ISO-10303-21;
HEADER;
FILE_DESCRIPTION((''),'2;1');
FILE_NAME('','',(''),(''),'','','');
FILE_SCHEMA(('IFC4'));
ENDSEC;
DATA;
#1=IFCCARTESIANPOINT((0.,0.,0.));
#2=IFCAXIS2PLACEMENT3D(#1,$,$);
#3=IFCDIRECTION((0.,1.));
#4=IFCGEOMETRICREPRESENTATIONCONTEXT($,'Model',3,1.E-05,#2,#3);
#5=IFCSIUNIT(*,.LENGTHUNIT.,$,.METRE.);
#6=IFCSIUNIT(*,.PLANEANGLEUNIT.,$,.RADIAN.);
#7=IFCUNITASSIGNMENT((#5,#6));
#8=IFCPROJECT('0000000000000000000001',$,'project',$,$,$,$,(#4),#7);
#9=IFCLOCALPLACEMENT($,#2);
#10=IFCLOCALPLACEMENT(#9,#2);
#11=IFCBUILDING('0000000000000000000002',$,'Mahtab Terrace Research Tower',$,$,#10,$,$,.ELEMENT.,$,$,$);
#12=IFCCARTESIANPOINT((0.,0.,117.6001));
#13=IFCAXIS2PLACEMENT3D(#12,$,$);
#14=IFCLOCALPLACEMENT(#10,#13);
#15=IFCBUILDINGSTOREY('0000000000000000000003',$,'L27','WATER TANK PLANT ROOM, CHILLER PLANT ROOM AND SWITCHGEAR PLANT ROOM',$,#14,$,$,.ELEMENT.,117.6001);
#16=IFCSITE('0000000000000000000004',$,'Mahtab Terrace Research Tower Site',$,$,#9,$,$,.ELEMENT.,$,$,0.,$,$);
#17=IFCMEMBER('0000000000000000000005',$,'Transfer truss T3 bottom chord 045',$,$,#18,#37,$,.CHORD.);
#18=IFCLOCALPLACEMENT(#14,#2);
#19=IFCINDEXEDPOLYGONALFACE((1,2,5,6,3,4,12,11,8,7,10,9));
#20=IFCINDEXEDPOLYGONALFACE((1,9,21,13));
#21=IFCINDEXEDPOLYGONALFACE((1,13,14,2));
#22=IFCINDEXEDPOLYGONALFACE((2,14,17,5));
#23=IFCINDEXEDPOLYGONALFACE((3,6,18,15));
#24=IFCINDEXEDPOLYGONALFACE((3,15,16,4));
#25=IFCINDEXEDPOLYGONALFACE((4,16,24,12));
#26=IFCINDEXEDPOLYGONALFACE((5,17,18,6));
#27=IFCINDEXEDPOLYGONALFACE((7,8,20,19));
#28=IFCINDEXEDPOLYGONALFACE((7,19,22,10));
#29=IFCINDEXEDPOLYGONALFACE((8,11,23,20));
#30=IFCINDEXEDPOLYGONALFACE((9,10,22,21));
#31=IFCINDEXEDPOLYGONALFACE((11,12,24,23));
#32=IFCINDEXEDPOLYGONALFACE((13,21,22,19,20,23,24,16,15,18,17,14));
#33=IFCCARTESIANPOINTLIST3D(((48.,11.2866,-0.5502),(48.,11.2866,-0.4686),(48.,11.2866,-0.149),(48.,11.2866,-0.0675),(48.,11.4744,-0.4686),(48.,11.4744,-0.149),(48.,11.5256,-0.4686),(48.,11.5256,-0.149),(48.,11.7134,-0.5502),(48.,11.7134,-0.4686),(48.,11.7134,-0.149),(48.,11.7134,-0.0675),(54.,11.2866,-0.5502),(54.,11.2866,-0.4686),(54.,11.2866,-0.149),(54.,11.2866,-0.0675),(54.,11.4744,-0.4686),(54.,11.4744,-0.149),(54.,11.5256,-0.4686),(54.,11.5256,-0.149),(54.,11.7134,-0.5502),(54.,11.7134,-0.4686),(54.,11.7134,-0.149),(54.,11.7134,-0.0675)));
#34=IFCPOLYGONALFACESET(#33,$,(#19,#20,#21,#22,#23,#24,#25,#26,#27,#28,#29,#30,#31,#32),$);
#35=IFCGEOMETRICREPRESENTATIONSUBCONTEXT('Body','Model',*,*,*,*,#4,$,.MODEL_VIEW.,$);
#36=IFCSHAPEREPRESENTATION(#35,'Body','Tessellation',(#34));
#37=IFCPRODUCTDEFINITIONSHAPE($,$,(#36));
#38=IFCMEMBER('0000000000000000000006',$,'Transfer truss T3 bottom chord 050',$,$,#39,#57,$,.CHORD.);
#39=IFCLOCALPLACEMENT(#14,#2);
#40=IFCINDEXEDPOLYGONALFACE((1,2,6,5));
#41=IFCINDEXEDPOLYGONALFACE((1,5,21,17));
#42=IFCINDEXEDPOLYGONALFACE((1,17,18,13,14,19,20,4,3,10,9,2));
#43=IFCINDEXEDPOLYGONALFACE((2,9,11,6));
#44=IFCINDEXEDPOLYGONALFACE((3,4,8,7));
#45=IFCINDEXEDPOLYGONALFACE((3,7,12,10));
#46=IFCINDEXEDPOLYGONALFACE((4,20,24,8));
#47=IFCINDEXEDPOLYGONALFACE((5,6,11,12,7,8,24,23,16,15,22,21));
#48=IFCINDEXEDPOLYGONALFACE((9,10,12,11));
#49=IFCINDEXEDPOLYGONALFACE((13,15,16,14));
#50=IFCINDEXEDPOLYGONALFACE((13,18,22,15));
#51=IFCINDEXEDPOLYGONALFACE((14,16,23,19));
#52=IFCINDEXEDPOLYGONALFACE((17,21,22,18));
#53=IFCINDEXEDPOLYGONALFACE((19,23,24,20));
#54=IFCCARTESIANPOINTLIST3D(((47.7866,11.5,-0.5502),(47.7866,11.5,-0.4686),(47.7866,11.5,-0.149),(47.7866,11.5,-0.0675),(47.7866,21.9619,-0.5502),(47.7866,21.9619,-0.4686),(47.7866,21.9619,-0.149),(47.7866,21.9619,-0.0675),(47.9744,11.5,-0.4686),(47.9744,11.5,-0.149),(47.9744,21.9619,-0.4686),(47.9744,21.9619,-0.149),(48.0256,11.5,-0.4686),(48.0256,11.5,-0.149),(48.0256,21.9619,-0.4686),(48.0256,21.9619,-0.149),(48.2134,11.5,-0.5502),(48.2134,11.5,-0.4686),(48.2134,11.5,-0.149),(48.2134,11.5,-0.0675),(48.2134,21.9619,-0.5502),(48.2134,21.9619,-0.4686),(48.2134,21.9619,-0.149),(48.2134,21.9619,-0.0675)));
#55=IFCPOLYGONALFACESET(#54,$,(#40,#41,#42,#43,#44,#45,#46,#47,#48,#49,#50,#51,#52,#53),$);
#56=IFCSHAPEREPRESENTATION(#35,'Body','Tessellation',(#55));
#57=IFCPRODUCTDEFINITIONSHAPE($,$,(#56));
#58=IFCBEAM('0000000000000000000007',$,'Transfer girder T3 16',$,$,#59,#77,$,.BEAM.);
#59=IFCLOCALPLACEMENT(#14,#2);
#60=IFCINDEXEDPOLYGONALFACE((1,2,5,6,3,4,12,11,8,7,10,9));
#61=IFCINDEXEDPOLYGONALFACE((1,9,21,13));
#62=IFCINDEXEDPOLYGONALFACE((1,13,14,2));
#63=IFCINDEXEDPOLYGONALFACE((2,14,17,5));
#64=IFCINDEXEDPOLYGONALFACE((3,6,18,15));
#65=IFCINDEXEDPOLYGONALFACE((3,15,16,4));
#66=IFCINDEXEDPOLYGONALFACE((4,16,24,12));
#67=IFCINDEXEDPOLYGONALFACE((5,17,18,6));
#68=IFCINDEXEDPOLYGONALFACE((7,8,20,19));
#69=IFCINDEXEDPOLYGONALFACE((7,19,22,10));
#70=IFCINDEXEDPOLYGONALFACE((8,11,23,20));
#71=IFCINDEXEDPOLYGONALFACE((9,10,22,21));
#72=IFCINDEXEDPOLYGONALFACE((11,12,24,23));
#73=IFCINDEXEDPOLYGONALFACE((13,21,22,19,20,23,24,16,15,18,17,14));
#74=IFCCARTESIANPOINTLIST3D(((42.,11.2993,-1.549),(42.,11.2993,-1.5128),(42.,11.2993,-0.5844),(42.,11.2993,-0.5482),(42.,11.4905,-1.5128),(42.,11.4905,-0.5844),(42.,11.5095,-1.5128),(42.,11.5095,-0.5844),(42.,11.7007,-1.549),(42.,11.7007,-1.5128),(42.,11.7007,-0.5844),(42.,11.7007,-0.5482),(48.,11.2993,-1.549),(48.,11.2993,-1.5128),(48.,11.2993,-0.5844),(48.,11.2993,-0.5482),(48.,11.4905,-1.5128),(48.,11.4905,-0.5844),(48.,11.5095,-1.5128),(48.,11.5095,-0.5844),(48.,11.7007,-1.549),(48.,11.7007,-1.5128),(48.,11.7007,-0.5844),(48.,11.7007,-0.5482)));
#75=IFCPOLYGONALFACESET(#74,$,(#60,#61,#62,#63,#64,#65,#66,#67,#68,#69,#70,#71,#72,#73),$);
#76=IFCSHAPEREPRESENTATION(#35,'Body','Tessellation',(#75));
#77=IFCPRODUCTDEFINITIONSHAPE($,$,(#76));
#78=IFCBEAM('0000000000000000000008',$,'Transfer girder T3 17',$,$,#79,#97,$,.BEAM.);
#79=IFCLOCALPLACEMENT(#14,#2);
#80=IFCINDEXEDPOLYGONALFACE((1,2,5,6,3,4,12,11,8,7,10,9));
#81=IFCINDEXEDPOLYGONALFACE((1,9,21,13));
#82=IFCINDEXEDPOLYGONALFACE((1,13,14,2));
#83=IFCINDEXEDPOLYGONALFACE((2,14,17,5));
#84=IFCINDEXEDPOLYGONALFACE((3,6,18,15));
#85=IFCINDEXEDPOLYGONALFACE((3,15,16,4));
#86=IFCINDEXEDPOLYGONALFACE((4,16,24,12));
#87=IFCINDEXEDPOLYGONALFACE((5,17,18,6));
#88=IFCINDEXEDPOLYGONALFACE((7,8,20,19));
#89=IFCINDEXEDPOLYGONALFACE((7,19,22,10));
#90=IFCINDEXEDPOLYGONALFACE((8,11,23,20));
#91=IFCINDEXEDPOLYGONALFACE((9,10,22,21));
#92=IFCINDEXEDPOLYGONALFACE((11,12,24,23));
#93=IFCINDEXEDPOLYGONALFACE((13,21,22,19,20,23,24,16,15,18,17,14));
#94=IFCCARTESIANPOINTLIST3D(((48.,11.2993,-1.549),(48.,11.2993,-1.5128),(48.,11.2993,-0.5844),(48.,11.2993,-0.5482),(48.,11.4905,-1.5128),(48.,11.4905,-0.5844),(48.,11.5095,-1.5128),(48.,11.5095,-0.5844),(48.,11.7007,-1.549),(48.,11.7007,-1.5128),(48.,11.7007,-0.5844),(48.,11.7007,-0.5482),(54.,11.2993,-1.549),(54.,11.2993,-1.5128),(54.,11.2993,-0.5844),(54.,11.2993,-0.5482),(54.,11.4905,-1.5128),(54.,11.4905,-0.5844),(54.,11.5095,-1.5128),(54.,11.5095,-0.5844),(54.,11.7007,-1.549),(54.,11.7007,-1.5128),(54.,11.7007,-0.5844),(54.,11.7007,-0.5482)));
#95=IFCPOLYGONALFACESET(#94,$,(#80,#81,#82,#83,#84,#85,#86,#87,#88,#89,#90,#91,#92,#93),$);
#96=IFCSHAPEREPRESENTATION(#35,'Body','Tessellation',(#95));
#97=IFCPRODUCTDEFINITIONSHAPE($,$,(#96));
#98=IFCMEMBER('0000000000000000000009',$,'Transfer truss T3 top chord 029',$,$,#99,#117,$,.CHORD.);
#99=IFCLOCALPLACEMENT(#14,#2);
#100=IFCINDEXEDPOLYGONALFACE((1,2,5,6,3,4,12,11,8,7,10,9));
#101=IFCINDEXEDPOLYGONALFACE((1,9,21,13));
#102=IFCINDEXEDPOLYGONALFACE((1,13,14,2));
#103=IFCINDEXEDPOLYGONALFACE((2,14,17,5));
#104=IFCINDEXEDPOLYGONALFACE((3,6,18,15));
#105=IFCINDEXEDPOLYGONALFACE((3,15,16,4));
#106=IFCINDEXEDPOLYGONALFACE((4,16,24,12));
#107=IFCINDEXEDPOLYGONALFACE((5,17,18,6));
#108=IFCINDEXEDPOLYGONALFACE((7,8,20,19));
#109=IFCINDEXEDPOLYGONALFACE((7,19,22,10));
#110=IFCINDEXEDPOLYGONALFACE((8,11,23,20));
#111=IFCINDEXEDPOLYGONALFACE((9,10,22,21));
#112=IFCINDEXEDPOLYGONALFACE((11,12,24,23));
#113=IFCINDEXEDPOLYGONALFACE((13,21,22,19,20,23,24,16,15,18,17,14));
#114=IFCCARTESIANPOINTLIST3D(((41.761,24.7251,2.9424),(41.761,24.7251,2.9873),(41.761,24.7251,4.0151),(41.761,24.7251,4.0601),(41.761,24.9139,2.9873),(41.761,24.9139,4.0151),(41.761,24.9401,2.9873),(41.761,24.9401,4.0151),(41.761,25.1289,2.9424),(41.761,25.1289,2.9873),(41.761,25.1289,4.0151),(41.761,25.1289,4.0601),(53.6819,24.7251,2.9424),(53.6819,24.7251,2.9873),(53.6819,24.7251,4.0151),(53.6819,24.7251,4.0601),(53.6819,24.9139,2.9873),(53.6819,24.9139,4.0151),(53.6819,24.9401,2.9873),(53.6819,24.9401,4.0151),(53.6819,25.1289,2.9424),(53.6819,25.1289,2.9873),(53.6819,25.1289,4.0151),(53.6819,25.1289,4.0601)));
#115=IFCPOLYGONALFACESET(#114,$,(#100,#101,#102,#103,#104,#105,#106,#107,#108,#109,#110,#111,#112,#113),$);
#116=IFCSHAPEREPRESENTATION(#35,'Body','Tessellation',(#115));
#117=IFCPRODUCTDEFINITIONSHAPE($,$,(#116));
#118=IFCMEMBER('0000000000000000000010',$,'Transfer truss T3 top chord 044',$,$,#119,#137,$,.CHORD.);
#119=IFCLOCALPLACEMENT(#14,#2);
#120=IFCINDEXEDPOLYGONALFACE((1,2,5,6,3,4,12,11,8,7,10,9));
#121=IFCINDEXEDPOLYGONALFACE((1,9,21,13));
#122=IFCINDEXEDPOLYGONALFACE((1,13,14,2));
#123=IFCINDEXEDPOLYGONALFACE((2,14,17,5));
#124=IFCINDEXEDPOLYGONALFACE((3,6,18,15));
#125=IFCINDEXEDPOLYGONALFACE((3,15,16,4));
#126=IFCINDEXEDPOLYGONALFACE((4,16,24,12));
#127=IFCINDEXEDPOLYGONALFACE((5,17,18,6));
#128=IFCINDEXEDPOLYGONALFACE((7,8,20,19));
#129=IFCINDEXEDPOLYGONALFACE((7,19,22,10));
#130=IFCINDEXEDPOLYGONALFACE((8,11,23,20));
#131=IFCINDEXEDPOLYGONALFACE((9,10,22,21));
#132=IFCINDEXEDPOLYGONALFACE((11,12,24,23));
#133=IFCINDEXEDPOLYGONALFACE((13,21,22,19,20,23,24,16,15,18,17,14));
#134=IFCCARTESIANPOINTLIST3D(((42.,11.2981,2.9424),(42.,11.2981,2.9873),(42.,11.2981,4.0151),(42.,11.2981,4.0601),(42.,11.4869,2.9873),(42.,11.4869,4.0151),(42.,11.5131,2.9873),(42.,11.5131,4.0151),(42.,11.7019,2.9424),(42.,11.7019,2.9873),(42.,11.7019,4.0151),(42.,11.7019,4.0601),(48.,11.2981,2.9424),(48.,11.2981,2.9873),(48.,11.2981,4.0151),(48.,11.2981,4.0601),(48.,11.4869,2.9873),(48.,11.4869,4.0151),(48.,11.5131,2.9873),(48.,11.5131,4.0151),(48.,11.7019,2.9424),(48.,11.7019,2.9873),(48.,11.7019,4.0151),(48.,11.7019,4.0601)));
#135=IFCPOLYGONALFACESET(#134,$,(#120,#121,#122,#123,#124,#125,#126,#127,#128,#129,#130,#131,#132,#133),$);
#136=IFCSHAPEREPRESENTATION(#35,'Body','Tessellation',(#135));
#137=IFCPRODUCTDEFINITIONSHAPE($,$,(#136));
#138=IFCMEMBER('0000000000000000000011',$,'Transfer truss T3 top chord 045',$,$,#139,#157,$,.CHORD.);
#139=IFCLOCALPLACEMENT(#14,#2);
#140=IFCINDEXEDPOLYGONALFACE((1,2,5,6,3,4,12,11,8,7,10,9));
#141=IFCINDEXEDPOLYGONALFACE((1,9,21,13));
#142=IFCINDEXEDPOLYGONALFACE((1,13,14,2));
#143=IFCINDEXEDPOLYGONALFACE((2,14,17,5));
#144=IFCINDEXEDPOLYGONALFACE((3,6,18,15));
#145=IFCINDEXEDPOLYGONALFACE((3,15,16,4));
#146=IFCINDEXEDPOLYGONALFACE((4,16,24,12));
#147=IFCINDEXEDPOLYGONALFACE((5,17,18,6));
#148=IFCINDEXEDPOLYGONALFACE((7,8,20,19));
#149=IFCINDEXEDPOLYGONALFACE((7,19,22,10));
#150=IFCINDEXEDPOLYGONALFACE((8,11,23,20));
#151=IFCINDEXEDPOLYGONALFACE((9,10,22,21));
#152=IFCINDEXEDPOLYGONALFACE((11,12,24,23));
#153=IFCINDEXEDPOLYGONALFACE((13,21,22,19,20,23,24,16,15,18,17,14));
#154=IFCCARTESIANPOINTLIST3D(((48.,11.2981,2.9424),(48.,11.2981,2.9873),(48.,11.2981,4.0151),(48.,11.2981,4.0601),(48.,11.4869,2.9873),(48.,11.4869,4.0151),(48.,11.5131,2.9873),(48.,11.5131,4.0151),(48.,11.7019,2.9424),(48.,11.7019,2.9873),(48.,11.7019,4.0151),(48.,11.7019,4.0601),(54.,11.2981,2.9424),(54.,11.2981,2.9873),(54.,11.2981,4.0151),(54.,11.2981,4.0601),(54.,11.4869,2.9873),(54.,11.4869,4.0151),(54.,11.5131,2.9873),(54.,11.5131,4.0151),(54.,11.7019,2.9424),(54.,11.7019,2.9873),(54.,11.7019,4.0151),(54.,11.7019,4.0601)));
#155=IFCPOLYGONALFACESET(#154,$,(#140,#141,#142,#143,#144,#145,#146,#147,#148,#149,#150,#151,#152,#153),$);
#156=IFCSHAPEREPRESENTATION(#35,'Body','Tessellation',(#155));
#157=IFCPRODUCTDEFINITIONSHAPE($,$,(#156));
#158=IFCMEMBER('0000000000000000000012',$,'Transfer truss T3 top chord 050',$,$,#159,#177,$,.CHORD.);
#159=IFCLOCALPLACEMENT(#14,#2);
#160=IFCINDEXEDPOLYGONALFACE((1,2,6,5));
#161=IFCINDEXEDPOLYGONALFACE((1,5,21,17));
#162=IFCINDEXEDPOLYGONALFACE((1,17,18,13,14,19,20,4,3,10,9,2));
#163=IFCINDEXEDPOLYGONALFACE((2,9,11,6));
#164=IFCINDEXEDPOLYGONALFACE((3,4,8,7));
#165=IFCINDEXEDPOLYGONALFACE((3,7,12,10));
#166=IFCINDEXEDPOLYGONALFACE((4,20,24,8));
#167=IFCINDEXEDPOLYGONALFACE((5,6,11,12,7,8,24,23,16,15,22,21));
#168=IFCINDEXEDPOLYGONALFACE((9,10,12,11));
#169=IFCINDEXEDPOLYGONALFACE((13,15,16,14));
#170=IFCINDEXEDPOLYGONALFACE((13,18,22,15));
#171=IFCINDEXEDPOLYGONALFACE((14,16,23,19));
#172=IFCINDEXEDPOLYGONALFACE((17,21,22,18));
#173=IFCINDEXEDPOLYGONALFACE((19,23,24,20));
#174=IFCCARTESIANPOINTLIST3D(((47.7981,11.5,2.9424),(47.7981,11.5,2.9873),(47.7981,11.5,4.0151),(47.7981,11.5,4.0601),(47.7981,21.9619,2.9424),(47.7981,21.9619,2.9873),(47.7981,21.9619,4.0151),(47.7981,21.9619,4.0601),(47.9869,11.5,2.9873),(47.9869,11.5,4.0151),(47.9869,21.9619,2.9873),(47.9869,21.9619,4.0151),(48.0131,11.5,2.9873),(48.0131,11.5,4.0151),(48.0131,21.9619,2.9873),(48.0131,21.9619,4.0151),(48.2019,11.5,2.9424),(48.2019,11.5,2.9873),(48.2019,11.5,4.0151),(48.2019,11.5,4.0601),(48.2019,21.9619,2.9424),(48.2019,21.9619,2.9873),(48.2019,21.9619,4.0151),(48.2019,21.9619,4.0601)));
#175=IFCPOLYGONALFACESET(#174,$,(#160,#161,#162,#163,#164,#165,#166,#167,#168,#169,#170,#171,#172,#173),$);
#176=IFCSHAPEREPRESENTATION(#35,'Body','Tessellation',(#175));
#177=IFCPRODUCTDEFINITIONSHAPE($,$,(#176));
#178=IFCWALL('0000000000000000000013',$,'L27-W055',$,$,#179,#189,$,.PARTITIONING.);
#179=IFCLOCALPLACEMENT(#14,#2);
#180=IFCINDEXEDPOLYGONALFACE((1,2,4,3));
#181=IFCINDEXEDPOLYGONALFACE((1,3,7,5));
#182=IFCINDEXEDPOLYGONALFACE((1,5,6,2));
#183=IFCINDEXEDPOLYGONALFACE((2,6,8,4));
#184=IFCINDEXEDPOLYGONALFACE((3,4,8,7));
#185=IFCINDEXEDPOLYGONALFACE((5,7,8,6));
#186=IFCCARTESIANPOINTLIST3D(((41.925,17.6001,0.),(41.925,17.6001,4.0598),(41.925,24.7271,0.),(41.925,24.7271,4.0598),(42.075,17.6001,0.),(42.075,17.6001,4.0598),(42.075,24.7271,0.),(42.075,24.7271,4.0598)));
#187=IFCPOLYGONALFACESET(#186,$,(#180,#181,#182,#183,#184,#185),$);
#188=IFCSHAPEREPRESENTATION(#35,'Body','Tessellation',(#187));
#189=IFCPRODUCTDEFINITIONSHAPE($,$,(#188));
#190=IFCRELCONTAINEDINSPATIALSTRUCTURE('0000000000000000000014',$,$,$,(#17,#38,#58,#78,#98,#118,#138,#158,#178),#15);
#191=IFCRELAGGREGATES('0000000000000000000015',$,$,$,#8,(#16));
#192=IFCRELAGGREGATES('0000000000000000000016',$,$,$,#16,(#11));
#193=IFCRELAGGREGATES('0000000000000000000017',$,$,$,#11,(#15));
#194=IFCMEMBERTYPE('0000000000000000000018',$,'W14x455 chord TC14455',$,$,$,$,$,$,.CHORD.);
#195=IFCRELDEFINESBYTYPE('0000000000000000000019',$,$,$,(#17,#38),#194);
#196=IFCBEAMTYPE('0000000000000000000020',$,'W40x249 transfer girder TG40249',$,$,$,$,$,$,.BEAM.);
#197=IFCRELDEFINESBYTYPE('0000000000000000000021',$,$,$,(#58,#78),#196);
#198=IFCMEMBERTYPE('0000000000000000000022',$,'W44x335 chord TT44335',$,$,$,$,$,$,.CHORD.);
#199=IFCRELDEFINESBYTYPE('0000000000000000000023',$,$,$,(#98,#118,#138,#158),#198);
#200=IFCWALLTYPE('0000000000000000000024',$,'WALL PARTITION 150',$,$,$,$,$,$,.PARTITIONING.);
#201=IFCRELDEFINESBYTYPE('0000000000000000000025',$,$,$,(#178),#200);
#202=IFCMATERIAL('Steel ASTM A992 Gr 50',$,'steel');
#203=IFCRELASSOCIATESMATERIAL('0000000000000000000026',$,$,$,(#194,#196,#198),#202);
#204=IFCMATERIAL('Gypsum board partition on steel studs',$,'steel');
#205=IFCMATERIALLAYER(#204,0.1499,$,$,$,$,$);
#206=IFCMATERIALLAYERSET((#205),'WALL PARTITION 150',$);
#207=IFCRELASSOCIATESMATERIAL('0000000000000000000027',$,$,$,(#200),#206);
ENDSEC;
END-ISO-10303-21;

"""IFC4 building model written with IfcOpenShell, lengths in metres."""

from ifc_helpers import new_model, si_unit, direction, frame, frame_2d, origin, origin_2d, place, context, subcontext, project, spatial, rectangle, i_section, extrude, material, layer, layer_set, material_profile, profile_set, type_object, element, save


model = new_model("IFC4")

# Units and contexts
model_context = context("Model", 3, precision=1e-05, world=origin(), true_north=direction((0.0, 1.0)))
body_context = subcontext(model_context, "Body", "Model", "MODEL_VIEW")
ifc_project = project(units=[si_unit("LENGTHUNIT", "METRE"), si_unit("PLANEANGLEUNIT", "RADIAN")], contexts=[model_context])

# Site, building, storey
site_placement = place(None, origin())
site = spatial("IfcSite", under=ifc_project, at=site_placement, Name="Mahtab Terrace Research Tower Site", CompositionType="ELEMENT", RefElevation=0.0)
building_placement = place(site_placement, origin())
building = spatial("IfcBuilding", under=site, at=building_placement, Name="Mahtab Terrace Research Tower", CompositionType="ELEMENT")
storey_placement = place(building_placement, frame((0.0, 0.0, 117.6001)))
storey = spatial("IfcBuildingStorey", under=building, at=storey_placement, Name="L27", Description="WATER TANK PLANT ROOM, CHILLER PLANT ROOM AND SWITCHGEAR PLANT ROOM", CompositionType="ELEMENT", Elevation=117.6001)

# Shared definitions
ifc_material_1 = material(Name="Steel ASTM A992 Gr 50", Category="steel")

# Members
ifc_material_profile_1 = material_profile(ifc_material_1, i_section(OverallWidth=0.4268, OverallDepth=0.4827, WebThickness=0.0513, FlangeThickness=0.0815, at=origin_2d()), Name="W14X455")
ifc_profile_set_1 = profile_set([ifc_material_profile_1], Name="Steel ASTM A992 Gr 50")
member_type_1 = type_object("IfcMemberType", Name="W14x455 chord TC14455", PredefinedType="CHORD", material=ifc_profile_set_1)
member_1_placement = place(storey_placement, frame((48.0, 11.5, -0.3088), z_axis=(1.0, 0.0, 0.0), x_axis=(0.0, 1.0, 0.0)))
element("IfcMember", 1, at=member_1_placement, inside=storey, type_object=member_type_1, Name="Transfer truss T3 bottom chord 045", PredefinedType="CHORD", context=body_context, shape_type="SweptSolid", body=[
    extrude(i_section(OverallWidth=0.4268, OverallDepth=0.4827, WebThickness=0.0513, FlangeThickness=0.0815, at=origin_2d()), origin(), (0.0, 0.0, 1.0), 6.0),
])
member_2_placement = place(storey_placement, frame((48.0, 11.5, -0.3088), z_axis=(0.0, 1.0, 0.0), x_axis=(-1.0, 0.0, 0.0)))
element("IfcMember", 2, at=member_2_placement, inside=storey, type_object=member_type_1, Name="Transfer truss T3 bottom chord 050", PredefinedType="CHORD", context=body_context, shape_type="SweptSolid", body=[
    extrude(i_section(OverallWidth=0.4268, OverallDepth=0.4827, WebThickness=0.0513, FlangeThickness=0.0815, at=origin_2d()), origin(), (0.0, 0.0, 1.0), 10.4619),
])

# Beams
ifc_material_profile_2 = material_profile(ifc_material_1, i_section(OverallWidth=0.4014, OverallDepth=1.0007, WebThickness=0.019, FlangeThickness=0.0361, at=origin_2d()), Name="W40X249")
ifc_profile_set_2 = profile_set([ifc_material_profile_2], Name="Steel ASTM A992 Gr 50")
beam_type = type_object("IfcBeamType", Name="W40x249 transfer girder TG40249", PredefinedType="BEAM", material=ifc_profile_set_2)
for number, where, z_axis, x_axis, name in (
    (3, (42.0, 11.5, -1.0486), (1.0, 0.0, 0.0), (0.0, 1.0, 0.0), "Transfer girder T3 16"),
    (4, (48.0, 11.5, -1.0486), (1.0, 0.0, 0.0), (0.0, 1.0, 0.0), "Transfer girder T3 17"),
):
    element("IfcBeam", number, at=place(storey_placement, frame(where, z_axis=z_axis, x_axis=x_axis)), inside=storey, type_object=beam_type, Name=name, PredefinedType="BEAM", context=body_context, shape_type="SweptSolid", body=[
        extrude(i_section(OverallWidth=0.4014, OverallDepth=1.0007, WebThickness=0.019, FlangeThickness=0.0361, at=origin_2d()), origin(), (0.0, 0.0, 1.0), 6.0),
    ])

# Members
ifc_material_profile_3 = material_profile(ifc_material_1, i_section(OverallWidth=0.4038, OverallDepth=1.1177, WebThickness=0.0261, FlangeThickness=0.0449, at=origin_2d()), Name="W44X335")
ifc_profile_set_3 = profile_set([ifc_material_profile_3], Name="Steel ASTM A992 Gr 50")
member_type_2 = type_object("IfcMemberType", Name="W44x335 chord TT44335", PredefinedType="CHORD", material=ifc_profile_set_3)
member_3_placement = place(storey_placement, frame((41.761, 24.927, 3.5012), z_axis=(1.0, 0.0, 0.0), x_axis=(0.0, 1.0, 0.0)))
element("IfcMember", 5, at=member_3_placement, inside=storey, type_object=member_type_2, Name="Transfer truss T3 top chord 029", PredefinedType="CHORD", context=body_context, shape_type="SweptSolid", body=[
    extrude(i_section(OverallWidth=0.4038, OverallDepth=1.1177, WebThickness=0.0261, FlangeThickness=0.0449, at=origin_2d()), origin(), (0.0, 0.0, 1.0), 11.9209),
])
for number, where, z_axis, x_axis, name in (
    (6, (42.0, 11.5, 3.5012), (1.0, 0.0, 0.0), (0.0, 1.0, 0.0), "Transfer truss T3 top chord 044"),
    (7, (48.0, 11.5, 3.5012), (1.0, 0.0, 0.0), (0.0, 1.0, 0.0), "Transfer truss T3 top chord 045"),
):
    element("IfcMember", number, at=place(storey_placement, frame(where, z_axis=z_axis, x_axis=x_axis)), inside=storey, type_object=member_type_2, Name=name, PredefinedType="CHORD", context=body_context, shape_type="SweptSolid", body=[
        extrude(i_section(OverallWidth=0.4038, OverallDepth=1.1177, WebThickness=0.0261, FlangeThickness=0.0449, at=origin_2d()), origin(), (0.0, 0.0, 1.0), 6.0),
    ])
member_4_placement = place(storey_placement, frame((48.0, 11.5, 3.5012), z_axis=(0.0, 1.0, 0.0), x_axis=(-1.0, 0.0, 0.0)))
element("IfcMember", 8, at=member_4_placement, inside=storey, type_object=member_type_2, Name="Transfer truss T3 top chord 050", PredefinedType="CHORD", context=body_context, shape_type="SweptSolid", body=[
    extrude(i_section(OverallWidth=0.4038, OverallDepth=1.1177, WebThickness=0.0261, FlangeThickness=0.0449, at=origin_2d()), origin(), (0.0, 0.0, 1.0), 10.4619),
])

# Wall
ifc_material_2 = material(Name="Gypsum board partition on steel studs", Category="steel")
ifc_layer_1 = layer(ifc_material_2, 0.1499)
ifc_layer_set_1 = layer_set([ifc_layer_1], Name="WALL PARTITION 150")
wall_type = type_object("IfcWallType", Name="WALL PARTITION 150", PredefinedType="PARTITIONING", material=ifc_layer_set_1)
wall_placement = place(storey_placement, frame((42.0, 17.6001, 0.0), z_axis=(0.0, 0.0, 1.0), x_axis=(0.0, 1.0, 0.0)))
element("IfcWall", 9, at=wall_placement, inside=storey, type_object=wall_type, Name="L27-W055", PredefinedType="PARTITIONING", context=body_context, shape_type="SweptSolid", body=[
    extrude(rectangle(XDim=7.127, YDim=0.1499, at=frame_2d((3.5635, 0.0))), origin(), (0.0, 0.0, 1.0), 4.0598),
])

save(model, "model.ifc")
